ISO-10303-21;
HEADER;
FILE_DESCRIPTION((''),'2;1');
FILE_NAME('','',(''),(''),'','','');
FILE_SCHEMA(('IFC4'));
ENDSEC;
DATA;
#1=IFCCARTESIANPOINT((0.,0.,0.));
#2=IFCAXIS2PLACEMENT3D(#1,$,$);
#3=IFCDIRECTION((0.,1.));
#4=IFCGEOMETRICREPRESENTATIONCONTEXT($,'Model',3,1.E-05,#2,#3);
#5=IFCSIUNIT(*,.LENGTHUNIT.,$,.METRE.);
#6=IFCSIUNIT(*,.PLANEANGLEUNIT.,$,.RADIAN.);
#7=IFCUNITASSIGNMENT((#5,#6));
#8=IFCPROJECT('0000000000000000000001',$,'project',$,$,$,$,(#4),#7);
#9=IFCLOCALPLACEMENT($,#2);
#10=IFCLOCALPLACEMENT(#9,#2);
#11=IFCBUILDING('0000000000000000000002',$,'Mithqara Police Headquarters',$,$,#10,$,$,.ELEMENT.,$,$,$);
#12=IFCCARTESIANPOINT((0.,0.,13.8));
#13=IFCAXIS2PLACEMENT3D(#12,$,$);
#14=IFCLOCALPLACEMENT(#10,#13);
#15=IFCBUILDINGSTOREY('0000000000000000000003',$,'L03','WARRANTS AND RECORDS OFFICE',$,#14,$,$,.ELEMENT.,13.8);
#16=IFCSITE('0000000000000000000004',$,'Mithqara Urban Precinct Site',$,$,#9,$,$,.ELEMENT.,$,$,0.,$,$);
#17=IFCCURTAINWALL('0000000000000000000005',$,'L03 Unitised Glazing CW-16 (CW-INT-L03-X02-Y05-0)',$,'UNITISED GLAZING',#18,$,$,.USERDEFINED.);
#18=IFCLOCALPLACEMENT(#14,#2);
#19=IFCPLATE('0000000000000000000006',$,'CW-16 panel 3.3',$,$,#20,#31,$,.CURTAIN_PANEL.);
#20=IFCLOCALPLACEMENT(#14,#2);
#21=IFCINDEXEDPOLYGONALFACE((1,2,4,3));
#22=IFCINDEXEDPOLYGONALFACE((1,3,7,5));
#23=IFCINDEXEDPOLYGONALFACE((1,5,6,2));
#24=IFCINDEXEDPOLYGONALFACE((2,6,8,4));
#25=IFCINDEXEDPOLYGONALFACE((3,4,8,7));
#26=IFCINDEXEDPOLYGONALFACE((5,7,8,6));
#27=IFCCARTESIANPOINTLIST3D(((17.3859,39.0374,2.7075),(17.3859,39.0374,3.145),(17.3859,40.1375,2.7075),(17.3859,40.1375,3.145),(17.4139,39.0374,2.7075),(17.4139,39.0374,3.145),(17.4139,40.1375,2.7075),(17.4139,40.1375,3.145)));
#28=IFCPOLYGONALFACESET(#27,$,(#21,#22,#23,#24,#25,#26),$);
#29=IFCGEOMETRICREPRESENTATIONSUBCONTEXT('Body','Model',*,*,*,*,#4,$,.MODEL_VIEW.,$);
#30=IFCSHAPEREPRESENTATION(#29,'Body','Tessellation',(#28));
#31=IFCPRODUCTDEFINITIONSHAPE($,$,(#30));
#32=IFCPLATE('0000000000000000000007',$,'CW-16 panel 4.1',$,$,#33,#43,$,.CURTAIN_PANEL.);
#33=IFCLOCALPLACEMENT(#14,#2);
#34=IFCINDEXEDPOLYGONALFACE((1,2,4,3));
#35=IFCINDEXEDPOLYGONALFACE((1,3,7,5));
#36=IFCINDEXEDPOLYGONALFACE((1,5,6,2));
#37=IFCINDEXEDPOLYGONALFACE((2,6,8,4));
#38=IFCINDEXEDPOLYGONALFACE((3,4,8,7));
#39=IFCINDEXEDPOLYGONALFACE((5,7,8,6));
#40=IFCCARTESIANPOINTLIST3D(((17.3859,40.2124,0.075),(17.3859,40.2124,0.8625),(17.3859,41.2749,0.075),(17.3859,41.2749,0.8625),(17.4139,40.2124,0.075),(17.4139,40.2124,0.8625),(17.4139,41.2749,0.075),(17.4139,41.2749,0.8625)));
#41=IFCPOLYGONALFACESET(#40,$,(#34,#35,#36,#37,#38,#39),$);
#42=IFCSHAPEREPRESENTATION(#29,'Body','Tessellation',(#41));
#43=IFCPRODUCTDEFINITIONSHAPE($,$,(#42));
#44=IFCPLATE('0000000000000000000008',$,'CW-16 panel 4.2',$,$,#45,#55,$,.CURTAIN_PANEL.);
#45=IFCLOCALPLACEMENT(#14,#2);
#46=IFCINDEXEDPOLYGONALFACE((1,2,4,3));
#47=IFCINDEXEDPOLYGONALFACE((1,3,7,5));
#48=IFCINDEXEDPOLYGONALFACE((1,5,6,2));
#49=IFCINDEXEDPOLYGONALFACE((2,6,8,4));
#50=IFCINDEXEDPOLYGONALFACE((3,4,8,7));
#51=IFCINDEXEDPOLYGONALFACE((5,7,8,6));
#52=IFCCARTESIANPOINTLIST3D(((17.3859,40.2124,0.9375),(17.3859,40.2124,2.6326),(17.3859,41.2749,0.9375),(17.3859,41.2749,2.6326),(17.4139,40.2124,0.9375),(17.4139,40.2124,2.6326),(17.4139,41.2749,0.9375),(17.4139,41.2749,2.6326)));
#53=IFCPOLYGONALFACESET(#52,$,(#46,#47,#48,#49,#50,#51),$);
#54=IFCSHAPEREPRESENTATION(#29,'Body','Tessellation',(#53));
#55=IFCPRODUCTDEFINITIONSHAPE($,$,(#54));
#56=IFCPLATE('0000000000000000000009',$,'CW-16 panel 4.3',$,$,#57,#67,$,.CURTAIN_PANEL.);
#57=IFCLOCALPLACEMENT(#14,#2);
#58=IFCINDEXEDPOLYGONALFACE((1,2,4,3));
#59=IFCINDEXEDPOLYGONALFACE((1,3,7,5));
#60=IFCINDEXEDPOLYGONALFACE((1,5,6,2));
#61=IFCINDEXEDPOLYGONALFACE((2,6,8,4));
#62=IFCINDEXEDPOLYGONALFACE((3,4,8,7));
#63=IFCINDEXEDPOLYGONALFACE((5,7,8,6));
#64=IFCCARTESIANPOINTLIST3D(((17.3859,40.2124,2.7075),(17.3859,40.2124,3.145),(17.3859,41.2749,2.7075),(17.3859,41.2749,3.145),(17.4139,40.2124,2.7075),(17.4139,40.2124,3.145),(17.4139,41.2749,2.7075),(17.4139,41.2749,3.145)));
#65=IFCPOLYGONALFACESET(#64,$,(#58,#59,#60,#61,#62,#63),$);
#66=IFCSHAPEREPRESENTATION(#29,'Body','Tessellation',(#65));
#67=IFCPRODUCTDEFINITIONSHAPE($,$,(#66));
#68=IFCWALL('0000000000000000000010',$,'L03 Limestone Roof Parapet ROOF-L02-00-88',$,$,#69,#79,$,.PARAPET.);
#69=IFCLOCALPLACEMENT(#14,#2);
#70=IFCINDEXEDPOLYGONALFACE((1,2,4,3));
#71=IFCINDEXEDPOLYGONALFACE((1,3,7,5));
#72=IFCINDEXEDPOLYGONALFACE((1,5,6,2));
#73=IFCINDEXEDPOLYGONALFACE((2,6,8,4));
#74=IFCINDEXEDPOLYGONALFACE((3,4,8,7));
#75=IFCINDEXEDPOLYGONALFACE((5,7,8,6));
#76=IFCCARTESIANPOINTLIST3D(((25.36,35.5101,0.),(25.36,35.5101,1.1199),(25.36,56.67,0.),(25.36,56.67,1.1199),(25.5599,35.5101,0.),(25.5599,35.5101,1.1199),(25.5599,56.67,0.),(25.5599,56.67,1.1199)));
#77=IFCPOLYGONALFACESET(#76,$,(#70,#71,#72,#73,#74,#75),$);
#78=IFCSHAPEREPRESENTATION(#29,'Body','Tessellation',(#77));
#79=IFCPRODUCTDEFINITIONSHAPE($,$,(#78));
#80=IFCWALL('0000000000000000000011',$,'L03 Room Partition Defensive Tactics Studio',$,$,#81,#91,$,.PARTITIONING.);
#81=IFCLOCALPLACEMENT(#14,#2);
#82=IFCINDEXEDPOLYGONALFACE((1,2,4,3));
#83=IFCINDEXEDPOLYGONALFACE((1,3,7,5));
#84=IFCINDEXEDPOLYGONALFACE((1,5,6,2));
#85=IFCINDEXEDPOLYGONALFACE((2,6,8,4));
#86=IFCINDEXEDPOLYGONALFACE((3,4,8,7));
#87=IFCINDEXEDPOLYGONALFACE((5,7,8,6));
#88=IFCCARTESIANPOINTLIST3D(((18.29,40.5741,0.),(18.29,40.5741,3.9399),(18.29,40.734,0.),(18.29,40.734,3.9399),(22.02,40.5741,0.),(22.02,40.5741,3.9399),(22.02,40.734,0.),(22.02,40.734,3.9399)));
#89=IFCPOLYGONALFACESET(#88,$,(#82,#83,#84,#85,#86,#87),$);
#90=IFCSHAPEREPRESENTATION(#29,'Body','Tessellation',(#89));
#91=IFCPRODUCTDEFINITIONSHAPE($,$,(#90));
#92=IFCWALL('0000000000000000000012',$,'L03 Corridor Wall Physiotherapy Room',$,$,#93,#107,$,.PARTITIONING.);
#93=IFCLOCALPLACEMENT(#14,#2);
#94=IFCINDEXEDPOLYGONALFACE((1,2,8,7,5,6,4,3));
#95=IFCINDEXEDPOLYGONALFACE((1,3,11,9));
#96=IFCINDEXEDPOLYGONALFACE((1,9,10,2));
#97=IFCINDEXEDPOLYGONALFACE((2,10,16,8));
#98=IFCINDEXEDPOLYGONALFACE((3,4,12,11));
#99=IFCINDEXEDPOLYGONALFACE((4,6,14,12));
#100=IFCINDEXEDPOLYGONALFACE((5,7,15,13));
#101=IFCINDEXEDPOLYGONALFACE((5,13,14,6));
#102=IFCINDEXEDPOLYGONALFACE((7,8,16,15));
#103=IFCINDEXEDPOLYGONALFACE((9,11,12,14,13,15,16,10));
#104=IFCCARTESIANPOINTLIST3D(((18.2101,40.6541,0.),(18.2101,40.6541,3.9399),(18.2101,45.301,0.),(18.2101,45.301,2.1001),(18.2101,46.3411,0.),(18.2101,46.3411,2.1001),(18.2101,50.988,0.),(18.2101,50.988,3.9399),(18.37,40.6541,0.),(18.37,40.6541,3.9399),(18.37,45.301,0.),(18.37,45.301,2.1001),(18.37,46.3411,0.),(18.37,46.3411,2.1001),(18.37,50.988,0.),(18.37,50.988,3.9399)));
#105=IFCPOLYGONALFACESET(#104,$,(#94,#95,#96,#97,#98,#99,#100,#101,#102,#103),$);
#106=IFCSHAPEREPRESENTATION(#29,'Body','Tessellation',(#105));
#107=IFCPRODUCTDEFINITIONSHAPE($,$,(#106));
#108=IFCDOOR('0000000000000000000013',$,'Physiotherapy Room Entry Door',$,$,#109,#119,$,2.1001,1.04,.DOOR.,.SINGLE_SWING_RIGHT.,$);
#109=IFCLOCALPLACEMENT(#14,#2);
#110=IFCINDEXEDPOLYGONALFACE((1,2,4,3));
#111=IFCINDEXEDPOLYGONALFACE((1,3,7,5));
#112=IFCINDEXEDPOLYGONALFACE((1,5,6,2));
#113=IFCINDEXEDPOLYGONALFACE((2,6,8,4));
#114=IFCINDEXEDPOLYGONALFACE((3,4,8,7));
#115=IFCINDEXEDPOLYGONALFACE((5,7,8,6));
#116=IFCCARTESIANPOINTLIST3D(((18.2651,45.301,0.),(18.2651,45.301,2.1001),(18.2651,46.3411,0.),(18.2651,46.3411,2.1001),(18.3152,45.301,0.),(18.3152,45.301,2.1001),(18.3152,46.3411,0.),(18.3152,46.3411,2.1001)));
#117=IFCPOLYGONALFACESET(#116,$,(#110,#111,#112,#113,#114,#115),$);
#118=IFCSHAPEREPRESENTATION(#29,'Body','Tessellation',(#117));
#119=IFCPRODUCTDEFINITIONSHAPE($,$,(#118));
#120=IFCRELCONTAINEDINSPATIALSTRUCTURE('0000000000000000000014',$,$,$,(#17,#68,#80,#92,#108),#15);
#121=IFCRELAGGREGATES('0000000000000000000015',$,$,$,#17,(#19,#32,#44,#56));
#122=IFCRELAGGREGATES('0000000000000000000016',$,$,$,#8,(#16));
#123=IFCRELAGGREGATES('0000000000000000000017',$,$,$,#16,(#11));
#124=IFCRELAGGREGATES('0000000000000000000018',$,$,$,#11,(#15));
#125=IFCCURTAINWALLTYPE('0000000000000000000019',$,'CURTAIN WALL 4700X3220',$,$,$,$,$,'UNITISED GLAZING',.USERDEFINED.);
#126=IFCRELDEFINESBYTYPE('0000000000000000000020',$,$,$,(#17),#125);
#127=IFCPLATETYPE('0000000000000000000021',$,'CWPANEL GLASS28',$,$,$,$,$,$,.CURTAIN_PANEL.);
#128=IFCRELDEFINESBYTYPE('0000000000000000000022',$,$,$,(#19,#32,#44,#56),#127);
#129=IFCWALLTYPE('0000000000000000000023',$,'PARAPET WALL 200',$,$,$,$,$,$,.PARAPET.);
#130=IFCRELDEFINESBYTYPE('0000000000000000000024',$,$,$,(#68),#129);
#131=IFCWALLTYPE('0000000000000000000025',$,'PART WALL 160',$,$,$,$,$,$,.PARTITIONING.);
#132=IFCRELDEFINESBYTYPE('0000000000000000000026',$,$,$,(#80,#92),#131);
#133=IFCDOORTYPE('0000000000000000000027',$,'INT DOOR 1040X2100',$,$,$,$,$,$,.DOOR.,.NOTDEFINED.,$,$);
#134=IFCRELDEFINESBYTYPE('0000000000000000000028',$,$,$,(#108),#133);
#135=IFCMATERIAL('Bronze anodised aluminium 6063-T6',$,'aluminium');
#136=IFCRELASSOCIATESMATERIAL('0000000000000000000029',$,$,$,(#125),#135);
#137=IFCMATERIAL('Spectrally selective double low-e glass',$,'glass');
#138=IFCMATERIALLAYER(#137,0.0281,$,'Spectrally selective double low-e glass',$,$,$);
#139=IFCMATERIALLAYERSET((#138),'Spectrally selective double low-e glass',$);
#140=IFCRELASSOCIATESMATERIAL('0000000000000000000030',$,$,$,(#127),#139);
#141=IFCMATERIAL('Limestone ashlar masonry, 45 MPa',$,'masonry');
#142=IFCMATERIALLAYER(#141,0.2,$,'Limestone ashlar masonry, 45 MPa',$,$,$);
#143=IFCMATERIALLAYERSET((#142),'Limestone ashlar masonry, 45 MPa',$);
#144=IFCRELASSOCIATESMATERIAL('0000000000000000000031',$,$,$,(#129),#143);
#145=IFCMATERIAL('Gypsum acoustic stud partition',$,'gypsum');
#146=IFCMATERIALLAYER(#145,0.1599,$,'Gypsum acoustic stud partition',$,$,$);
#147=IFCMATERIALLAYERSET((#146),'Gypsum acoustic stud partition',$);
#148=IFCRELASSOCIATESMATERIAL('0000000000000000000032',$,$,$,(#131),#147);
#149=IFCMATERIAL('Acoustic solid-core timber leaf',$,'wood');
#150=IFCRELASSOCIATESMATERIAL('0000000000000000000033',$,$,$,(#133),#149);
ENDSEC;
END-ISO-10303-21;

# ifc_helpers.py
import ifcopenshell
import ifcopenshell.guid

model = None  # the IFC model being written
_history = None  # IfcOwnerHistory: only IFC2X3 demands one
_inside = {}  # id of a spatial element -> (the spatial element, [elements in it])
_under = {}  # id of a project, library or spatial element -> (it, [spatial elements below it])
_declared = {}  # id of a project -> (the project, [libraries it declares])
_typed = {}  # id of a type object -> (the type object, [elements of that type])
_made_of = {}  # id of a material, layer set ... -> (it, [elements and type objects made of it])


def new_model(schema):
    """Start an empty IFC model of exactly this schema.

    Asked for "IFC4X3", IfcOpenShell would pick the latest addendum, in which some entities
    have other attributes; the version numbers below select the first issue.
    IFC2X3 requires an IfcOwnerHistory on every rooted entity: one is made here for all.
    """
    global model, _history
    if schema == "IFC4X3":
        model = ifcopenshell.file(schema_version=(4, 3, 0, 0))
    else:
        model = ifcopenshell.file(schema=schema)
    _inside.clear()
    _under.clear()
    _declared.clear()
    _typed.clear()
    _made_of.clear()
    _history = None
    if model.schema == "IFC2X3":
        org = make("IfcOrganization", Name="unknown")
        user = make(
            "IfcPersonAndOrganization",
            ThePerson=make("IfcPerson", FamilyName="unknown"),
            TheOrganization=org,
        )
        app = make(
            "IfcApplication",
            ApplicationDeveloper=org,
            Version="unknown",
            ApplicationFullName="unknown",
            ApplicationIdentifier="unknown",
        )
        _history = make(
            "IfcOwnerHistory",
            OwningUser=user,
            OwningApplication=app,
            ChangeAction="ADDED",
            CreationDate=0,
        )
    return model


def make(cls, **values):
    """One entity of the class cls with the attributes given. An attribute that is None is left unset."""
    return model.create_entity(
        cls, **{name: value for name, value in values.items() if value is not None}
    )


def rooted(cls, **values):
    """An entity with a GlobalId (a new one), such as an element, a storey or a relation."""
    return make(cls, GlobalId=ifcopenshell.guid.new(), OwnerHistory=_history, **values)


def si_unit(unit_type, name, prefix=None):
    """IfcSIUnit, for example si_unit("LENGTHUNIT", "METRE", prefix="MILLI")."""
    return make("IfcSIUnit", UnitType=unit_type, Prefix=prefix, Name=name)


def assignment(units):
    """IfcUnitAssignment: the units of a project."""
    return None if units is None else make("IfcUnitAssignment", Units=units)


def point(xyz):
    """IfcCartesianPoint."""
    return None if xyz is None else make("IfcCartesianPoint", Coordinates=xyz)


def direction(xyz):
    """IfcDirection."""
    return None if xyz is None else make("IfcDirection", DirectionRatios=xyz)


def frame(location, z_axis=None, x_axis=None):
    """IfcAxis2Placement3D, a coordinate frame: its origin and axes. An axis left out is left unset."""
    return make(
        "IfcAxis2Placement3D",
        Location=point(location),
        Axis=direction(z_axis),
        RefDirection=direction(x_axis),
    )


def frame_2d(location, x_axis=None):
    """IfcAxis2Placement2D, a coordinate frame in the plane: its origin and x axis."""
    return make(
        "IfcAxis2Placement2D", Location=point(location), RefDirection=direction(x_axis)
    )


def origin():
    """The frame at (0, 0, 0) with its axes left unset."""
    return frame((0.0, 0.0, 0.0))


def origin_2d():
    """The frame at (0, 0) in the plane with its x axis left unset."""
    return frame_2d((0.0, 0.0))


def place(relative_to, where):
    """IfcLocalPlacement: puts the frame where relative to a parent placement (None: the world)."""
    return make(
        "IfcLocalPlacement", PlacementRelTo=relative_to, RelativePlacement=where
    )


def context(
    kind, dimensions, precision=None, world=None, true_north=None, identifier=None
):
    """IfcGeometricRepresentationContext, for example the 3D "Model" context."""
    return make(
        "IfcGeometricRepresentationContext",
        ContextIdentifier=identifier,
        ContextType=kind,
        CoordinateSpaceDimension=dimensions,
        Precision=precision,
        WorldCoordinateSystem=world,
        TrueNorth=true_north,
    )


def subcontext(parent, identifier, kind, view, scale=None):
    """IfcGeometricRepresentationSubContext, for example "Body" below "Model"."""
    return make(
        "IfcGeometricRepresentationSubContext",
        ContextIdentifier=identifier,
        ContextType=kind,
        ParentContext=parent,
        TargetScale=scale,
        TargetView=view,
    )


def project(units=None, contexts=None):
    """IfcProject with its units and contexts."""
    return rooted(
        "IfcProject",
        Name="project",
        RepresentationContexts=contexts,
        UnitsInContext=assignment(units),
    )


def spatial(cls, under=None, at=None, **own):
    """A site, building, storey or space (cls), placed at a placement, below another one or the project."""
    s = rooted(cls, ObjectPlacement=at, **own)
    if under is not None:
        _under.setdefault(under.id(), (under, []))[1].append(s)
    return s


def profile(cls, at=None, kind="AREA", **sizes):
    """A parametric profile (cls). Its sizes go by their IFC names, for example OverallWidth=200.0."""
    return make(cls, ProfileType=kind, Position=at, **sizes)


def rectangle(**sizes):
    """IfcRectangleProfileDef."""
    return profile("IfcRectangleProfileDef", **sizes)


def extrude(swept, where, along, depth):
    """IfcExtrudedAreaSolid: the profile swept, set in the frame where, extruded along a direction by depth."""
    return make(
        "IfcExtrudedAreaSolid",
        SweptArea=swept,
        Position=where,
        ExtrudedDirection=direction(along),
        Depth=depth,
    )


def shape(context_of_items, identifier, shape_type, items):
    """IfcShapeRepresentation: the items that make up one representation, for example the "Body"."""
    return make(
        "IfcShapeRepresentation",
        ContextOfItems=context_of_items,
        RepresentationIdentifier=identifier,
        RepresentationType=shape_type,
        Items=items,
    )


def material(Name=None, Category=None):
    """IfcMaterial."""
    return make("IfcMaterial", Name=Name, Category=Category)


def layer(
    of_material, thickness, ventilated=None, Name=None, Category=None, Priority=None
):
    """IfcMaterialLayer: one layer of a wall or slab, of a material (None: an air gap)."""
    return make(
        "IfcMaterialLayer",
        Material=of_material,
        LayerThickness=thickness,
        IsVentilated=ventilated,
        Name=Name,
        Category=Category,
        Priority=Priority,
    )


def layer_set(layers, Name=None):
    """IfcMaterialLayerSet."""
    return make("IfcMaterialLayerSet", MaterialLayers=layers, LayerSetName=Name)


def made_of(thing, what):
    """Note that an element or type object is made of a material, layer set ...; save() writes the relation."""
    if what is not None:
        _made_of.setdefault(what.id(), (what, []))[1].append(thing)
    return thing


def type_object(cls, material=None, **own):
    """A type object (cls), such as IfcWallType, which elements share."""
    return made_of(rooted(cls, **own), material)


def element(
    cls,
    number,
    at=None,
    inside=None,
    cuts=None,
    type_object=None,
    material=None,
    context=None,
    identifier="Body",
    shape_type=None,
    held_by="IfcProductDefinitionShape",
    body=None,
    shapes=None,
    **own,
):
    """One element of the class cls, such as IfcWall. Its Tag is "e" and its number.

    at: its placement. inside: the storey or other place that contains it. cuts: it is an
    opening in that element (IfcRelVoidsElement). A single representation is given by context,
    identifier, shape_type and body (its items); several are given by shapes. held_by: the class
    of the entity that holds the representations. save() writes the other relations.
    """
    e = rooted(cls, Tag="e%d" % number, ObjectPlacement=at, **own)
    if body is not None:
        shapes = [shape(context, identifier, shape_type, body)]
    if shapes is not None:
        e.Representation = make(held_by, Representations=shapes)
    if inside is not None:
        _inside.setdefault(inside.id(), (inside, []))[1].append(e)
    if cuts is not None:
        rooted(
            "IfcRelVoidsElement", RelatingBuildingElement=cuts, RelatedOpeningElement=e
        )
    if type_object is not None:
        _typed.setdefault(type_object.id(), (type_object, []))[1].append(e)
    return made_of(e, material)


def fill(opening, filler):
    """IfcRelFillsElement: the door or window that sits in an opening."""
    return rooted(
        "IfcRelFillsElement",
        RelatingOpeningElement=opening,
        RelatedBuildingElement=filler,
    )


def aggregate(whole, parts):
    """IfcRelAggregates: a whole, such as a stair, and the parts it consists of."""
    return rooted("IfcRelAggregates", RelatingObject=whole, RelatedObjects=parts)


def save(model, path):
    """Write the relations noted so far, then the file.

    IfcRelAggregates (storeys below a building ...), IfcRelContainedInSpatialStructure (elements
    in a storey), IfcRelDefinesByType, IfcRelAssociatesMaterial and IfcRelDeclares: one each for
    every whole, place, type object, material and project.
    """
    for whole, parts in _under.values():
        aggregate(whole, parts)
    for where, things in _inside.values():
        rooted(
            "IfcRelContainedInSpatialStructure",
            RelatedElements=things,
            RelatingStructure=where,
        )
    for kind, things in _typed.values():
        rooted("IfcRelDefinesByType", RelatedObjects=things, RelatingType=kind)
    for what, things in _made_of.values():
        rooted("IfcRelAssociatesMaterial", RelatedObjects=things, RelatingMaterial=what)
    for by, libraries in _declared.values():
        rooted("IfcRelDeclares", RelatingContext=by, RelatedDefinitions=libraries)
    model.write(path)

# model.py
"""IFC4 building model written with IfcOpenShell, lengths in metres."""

from ifc_helpers import new_model, si_unit, direction, frame, frame_2d, origin, origin_2d, place, context, subcontext, project, spatial, rectangle, extrude, material, layer, layer_set, type_object, element, fill, aggregate, save


model = new_model("IFC4")

# Units and contexts
model_context = context("Model", 3, precision=1e-05, world=origin(), true_north=direction((0.0, 1.0)))
body_context = subcontext(model_context, "Body", "Model", "MODEL_VIEW")
ifc_project = project(units=[si_unit("LENGTHUNIT", "METRE"), si_unit("PLANEANGLEUNIT", "RADIAN")], contexts=[model_context])

# Site, building, storey
site_placement = place(None, origin())
site = spatial("IfcSite", under=ifc_project, at=site_placement, Name="Mithqara Urban Precinct Site", CompositionType="ELEMENT", RefElevation=0.0)
building_placement = place(site_placement, origin())
building = spatial("IfcBuilding", under=site, at=building_placement, Name="Mithqara Police Headquarters", CompositionType="ELEMENT")
storey_placement = place(building_placement, frame((0.0, 0.0, 13.8)))
storey = spatial("IfcBuildingStorey", under=building, at=storey_placement, Name="L03", Description="WARRANTS AND RECORDS OFFICE", CompositionType="ELEMENT", Elevation=13.8)

# Curtain wall, plates
ifc_material_1 = material(Name="Bronze anodised aluminium 6063-T6", Category="aluminium")
curtain_wall_type = type_object("IfcCurtainWallType", Name="CURTAIN WALL 4700X3220", ElementType="UNITISED GLAZING", PredefinedType="USERDEFINED", material=ifc_material_1)
curtain_wall_placement = place(storey_placement, origin())
curtain_wall = element("IfcCurtainWall", 1, at=curtain_wall_placement, inside=storey, type_object=curtain_wall_type, Name="L03 Unitised Glazing CW-16 (CW-INT-L03-X02-Y05-0)", ObjectType="UNITISED GLAZING", PredefinedType="USERDEFINED")
ifc_material_2 = material(Name="Spectrally selective double low-e glass", Category="glass")
ifc_layer_1 = layer(ifc_material_2, 0.0281, Name="Spectrally selective double low-e glass")
ifc_layer_set_1 = layer_set([ifc_layer_1], Name="Spectrally selective double low-e glass")
plate_type = type_object("IfcPlateType", Name="CWPANEL GLASS28", PredefinedType="CURTAIN_PANEL", material=ifc_layer_set_1)
plate_1_placement = place(storey_placement, frame((17.3999, 39.5874, 2.7075), z_axis=(0.0, 0.0, 1.0), x_axis=(0.0, 1.0, 0.0)))
plate_1 = element("IfcPlate", 2, at=plate_1_placement, type_object=plate_type, Name="CW-16 panel 3.3", PredefinedType="CURTAIN_PANEL", context=body_context, shape_type="SweptSolid", body=[
    extrude(rectangle(XDim=1.1001, YDim=0.0281, at=origin_2d()), origin(), (0.0, 0.0, 1.0), 0.4375),
])
plate_2_placement = place(storey_placement, frame((17.3999, 40.7437, 0.075), z_axis=(0.0, 0.0, 1.0), x_axis=(0.0, 1.0, 0.0)))
plate_2 = element("IfcPlate", 3, at=plate_2_placement, type_object=plate_type, Name="CW-16 panel 4.1", PredefinedType="CURTAIN_PANEL", context=body_context, shape_type="SweptSolid", body=[
    extrude(rectangle(XDim=1.0625, YDim=0.0281, at=origin_2d()), origin(), (0.0, 0.0, 1.0), 0.7876),
])
plate_3_placement = place(storey_placement, frame((17.3999, 40.7437, 0.9375), z_axis=(0.0, 0.0, 1.0), x_axis=(0.0, 1.0, 0.0)))
plate_3 = element("IfcPlate", 4, at=plate_3_placement, type_object=plate_type, Name="CW-16 panel 4.2", PredefinedType="CURTAIN_PANEL", context=body_context, shape_type="SweptSolid", body=[
    extrude(rectangle(XDim=1.0625, YDim=0.0281, at=origin_2d()), origin(), (0.0, 0.0, 1.0), 1.6951),
])
plate_4_placement = place(storey_placement, frame((17.3999, 40.7437, 2.7075), z_axis=(0.0, 0.0, 1.0), x_axis=(0.0, 1.0, 0.0)))
plate_4 = element("IfcPlate", 5, at=plate_4_placement, type_object=plate_type, Name="CW-16 panel 4.3", PredefinedType="CURTAIN_PANEL", context=body_context, shape_type="SweptSolid", body=[
    extrude(rectangle(XDim=1.0625, YDim=0.0281, at=origin_2d()), origin(), (0.0, 0.0, 1.0), 0.4375),
])
aggregate(curtain_wall, [plate_1, plate_2, plate_3, plate_4])

# Walls
ifc_material_3 = material(Name="Limestone ashlar masonry, 45 MPa", Category="masonry")
ifc_layer_2 = layer(ifc_material_3, 0.2, Name="Limestone ashlar masonry, 45 MPa")
ifc_layer_set_2 = layer_set([ifc_layer_2], Name="Limestone ashlar masonry, 45 MPa")
wall_type_1 = type_object("IfcWallType", Name="PARAPET WALL 200", PredefinedType="PARAPET", material=ifc_layer_set_2)
wall_1_placement = place(storey_placement, frame((25.46, 35.51, 0.0), z_axis=(0.0, 0.0, 1.0), x_axis=(0.0, 1.0, 0.0)))
element("IfcWall", 6, at=wall_1_placement, inside=storey, type_object=wall_type_1, Name="L03 Limestone Roof Parapet ROOF-L02-00-88", PredefinedType="PARAPET", context=body_context, shape_type="SweptSolid", body=[
    extrude(rectangle(XDim=21.1599, YDim=0.2, at=frame_2d((10.5801, 0.0))), origin(), (0.0, 0.0, 1.0), 1.1199),
])
ifc_material_4 = material(Name="Gypsum acoustic stud partition", Category="gypsum")
ifc_layer_3 = layer(ifc_material_4, 0.1599, Name="Gypsum acoustic stud partition")
ifc_layer_set_3 = layer_set([ifc_layer_3], Name="Gypsum acoustic stud partition")
wall_type_2 = type_object("IfcWallType", Name="PART WALL 160", PredefinedType="PARTITIONING", material=ifc_layer_set_3)
wall_2_placement = place(storey_placement, frame((18.29, 40.6541, 0.0), z_axis=(0.0, 0.0, 1.0), x_axis=(1.0, 0.0, 0.0)))
element("IfcWall", 7, at=wall_2_placement, inside=storey, type_object=wall_type_2, Name="L03 Room Partition Defensive Tactics Studio", PredefinedType="PARTITIONING", context=body_context, shape_type="SweptSolid", body=[
    extrude(rectangle(XDim=3.73, YDim=0.1599, at=frame_2d((1.865, 0.0))), origin(), (0.0, 0.0, 1.0), 3.9399),
])

# Wall, opening, door
wall_3_placement = place(storey_placement, frame((18.29, 40.6541, 0.0), z_axis=(0.0, 0.0, 1.0), x_axis=(0.0, 1.0, 0.0)))
wall_3 = element("IfcWall", 8, at=wall_3_placement, inside=storey, type_object=wall_type_2, Name="L03 Corridor Wall Physiotherapy Room", PredefinedType="PARTITIONING", context=body_context, shape_type="SweptSolid", body=[
    extrude(rectangle(XDim=10.334, YDim=0.1599, at=frame_2d((5.167, 0.0))), origin(), (0.0, 0.0, 1.0), 3.9399),
])
opening_placement = place(wall_3_placement, frame((4.647, 0.0, 0.0)))
opening = element("IfcOpeningElement", 9, at=opening_placement, cuts=wall_3, PredefinedType="OPENING", context=body_context, shape_type="SweptSolid", body=[
    extrude(rectangle(XDim=1.04, YDim=2.1001, at=frame_2d((0.52, 1.05))), frame((0.0, 0.0898, 0.0), z_axis=(0.0, -1.0, 0.0), x_axis=(1.0, 0.0, 0.0)), (0.0, 0.0, 1.0), 0.1799),
])
ifc_material_5 = material(Name="Acoustic solid-core timber leaf", Category="wood")
door_type = type_object("IfcDoorType", Name="INT DOOR 1040X2100", OperationType="NOTDEFINED", PredefinedType="DOOR", material=ifc_material_5)
door_placement = place(opening_placement, origin())
door = element("IfcDoor", 10, at=door_placement, inside=storey, type_object=door_type, Name="Physiotherapy Room Entry Door", OperationType="SINGLE_SWING_RIGHT", OverallHeight=2.1001, OverallWidth=1.04, PredefinedType="DOOR", context=body_context, shape_type="SweptSolid", body=[
    extrude(rectangle(XDim=1.04, YDim=2.1001, at=frame_2d((0.52, 1.05))), frame((0.0, 0.0249, 0.0), z_axis=(0.0, -1.0, 0.0), x_axis=(1.0, 0.0, 0.0)), (0.0, 0.0, 1.0), 0.05),
])
fill(opening, door)

save(model, "model.ifc")
